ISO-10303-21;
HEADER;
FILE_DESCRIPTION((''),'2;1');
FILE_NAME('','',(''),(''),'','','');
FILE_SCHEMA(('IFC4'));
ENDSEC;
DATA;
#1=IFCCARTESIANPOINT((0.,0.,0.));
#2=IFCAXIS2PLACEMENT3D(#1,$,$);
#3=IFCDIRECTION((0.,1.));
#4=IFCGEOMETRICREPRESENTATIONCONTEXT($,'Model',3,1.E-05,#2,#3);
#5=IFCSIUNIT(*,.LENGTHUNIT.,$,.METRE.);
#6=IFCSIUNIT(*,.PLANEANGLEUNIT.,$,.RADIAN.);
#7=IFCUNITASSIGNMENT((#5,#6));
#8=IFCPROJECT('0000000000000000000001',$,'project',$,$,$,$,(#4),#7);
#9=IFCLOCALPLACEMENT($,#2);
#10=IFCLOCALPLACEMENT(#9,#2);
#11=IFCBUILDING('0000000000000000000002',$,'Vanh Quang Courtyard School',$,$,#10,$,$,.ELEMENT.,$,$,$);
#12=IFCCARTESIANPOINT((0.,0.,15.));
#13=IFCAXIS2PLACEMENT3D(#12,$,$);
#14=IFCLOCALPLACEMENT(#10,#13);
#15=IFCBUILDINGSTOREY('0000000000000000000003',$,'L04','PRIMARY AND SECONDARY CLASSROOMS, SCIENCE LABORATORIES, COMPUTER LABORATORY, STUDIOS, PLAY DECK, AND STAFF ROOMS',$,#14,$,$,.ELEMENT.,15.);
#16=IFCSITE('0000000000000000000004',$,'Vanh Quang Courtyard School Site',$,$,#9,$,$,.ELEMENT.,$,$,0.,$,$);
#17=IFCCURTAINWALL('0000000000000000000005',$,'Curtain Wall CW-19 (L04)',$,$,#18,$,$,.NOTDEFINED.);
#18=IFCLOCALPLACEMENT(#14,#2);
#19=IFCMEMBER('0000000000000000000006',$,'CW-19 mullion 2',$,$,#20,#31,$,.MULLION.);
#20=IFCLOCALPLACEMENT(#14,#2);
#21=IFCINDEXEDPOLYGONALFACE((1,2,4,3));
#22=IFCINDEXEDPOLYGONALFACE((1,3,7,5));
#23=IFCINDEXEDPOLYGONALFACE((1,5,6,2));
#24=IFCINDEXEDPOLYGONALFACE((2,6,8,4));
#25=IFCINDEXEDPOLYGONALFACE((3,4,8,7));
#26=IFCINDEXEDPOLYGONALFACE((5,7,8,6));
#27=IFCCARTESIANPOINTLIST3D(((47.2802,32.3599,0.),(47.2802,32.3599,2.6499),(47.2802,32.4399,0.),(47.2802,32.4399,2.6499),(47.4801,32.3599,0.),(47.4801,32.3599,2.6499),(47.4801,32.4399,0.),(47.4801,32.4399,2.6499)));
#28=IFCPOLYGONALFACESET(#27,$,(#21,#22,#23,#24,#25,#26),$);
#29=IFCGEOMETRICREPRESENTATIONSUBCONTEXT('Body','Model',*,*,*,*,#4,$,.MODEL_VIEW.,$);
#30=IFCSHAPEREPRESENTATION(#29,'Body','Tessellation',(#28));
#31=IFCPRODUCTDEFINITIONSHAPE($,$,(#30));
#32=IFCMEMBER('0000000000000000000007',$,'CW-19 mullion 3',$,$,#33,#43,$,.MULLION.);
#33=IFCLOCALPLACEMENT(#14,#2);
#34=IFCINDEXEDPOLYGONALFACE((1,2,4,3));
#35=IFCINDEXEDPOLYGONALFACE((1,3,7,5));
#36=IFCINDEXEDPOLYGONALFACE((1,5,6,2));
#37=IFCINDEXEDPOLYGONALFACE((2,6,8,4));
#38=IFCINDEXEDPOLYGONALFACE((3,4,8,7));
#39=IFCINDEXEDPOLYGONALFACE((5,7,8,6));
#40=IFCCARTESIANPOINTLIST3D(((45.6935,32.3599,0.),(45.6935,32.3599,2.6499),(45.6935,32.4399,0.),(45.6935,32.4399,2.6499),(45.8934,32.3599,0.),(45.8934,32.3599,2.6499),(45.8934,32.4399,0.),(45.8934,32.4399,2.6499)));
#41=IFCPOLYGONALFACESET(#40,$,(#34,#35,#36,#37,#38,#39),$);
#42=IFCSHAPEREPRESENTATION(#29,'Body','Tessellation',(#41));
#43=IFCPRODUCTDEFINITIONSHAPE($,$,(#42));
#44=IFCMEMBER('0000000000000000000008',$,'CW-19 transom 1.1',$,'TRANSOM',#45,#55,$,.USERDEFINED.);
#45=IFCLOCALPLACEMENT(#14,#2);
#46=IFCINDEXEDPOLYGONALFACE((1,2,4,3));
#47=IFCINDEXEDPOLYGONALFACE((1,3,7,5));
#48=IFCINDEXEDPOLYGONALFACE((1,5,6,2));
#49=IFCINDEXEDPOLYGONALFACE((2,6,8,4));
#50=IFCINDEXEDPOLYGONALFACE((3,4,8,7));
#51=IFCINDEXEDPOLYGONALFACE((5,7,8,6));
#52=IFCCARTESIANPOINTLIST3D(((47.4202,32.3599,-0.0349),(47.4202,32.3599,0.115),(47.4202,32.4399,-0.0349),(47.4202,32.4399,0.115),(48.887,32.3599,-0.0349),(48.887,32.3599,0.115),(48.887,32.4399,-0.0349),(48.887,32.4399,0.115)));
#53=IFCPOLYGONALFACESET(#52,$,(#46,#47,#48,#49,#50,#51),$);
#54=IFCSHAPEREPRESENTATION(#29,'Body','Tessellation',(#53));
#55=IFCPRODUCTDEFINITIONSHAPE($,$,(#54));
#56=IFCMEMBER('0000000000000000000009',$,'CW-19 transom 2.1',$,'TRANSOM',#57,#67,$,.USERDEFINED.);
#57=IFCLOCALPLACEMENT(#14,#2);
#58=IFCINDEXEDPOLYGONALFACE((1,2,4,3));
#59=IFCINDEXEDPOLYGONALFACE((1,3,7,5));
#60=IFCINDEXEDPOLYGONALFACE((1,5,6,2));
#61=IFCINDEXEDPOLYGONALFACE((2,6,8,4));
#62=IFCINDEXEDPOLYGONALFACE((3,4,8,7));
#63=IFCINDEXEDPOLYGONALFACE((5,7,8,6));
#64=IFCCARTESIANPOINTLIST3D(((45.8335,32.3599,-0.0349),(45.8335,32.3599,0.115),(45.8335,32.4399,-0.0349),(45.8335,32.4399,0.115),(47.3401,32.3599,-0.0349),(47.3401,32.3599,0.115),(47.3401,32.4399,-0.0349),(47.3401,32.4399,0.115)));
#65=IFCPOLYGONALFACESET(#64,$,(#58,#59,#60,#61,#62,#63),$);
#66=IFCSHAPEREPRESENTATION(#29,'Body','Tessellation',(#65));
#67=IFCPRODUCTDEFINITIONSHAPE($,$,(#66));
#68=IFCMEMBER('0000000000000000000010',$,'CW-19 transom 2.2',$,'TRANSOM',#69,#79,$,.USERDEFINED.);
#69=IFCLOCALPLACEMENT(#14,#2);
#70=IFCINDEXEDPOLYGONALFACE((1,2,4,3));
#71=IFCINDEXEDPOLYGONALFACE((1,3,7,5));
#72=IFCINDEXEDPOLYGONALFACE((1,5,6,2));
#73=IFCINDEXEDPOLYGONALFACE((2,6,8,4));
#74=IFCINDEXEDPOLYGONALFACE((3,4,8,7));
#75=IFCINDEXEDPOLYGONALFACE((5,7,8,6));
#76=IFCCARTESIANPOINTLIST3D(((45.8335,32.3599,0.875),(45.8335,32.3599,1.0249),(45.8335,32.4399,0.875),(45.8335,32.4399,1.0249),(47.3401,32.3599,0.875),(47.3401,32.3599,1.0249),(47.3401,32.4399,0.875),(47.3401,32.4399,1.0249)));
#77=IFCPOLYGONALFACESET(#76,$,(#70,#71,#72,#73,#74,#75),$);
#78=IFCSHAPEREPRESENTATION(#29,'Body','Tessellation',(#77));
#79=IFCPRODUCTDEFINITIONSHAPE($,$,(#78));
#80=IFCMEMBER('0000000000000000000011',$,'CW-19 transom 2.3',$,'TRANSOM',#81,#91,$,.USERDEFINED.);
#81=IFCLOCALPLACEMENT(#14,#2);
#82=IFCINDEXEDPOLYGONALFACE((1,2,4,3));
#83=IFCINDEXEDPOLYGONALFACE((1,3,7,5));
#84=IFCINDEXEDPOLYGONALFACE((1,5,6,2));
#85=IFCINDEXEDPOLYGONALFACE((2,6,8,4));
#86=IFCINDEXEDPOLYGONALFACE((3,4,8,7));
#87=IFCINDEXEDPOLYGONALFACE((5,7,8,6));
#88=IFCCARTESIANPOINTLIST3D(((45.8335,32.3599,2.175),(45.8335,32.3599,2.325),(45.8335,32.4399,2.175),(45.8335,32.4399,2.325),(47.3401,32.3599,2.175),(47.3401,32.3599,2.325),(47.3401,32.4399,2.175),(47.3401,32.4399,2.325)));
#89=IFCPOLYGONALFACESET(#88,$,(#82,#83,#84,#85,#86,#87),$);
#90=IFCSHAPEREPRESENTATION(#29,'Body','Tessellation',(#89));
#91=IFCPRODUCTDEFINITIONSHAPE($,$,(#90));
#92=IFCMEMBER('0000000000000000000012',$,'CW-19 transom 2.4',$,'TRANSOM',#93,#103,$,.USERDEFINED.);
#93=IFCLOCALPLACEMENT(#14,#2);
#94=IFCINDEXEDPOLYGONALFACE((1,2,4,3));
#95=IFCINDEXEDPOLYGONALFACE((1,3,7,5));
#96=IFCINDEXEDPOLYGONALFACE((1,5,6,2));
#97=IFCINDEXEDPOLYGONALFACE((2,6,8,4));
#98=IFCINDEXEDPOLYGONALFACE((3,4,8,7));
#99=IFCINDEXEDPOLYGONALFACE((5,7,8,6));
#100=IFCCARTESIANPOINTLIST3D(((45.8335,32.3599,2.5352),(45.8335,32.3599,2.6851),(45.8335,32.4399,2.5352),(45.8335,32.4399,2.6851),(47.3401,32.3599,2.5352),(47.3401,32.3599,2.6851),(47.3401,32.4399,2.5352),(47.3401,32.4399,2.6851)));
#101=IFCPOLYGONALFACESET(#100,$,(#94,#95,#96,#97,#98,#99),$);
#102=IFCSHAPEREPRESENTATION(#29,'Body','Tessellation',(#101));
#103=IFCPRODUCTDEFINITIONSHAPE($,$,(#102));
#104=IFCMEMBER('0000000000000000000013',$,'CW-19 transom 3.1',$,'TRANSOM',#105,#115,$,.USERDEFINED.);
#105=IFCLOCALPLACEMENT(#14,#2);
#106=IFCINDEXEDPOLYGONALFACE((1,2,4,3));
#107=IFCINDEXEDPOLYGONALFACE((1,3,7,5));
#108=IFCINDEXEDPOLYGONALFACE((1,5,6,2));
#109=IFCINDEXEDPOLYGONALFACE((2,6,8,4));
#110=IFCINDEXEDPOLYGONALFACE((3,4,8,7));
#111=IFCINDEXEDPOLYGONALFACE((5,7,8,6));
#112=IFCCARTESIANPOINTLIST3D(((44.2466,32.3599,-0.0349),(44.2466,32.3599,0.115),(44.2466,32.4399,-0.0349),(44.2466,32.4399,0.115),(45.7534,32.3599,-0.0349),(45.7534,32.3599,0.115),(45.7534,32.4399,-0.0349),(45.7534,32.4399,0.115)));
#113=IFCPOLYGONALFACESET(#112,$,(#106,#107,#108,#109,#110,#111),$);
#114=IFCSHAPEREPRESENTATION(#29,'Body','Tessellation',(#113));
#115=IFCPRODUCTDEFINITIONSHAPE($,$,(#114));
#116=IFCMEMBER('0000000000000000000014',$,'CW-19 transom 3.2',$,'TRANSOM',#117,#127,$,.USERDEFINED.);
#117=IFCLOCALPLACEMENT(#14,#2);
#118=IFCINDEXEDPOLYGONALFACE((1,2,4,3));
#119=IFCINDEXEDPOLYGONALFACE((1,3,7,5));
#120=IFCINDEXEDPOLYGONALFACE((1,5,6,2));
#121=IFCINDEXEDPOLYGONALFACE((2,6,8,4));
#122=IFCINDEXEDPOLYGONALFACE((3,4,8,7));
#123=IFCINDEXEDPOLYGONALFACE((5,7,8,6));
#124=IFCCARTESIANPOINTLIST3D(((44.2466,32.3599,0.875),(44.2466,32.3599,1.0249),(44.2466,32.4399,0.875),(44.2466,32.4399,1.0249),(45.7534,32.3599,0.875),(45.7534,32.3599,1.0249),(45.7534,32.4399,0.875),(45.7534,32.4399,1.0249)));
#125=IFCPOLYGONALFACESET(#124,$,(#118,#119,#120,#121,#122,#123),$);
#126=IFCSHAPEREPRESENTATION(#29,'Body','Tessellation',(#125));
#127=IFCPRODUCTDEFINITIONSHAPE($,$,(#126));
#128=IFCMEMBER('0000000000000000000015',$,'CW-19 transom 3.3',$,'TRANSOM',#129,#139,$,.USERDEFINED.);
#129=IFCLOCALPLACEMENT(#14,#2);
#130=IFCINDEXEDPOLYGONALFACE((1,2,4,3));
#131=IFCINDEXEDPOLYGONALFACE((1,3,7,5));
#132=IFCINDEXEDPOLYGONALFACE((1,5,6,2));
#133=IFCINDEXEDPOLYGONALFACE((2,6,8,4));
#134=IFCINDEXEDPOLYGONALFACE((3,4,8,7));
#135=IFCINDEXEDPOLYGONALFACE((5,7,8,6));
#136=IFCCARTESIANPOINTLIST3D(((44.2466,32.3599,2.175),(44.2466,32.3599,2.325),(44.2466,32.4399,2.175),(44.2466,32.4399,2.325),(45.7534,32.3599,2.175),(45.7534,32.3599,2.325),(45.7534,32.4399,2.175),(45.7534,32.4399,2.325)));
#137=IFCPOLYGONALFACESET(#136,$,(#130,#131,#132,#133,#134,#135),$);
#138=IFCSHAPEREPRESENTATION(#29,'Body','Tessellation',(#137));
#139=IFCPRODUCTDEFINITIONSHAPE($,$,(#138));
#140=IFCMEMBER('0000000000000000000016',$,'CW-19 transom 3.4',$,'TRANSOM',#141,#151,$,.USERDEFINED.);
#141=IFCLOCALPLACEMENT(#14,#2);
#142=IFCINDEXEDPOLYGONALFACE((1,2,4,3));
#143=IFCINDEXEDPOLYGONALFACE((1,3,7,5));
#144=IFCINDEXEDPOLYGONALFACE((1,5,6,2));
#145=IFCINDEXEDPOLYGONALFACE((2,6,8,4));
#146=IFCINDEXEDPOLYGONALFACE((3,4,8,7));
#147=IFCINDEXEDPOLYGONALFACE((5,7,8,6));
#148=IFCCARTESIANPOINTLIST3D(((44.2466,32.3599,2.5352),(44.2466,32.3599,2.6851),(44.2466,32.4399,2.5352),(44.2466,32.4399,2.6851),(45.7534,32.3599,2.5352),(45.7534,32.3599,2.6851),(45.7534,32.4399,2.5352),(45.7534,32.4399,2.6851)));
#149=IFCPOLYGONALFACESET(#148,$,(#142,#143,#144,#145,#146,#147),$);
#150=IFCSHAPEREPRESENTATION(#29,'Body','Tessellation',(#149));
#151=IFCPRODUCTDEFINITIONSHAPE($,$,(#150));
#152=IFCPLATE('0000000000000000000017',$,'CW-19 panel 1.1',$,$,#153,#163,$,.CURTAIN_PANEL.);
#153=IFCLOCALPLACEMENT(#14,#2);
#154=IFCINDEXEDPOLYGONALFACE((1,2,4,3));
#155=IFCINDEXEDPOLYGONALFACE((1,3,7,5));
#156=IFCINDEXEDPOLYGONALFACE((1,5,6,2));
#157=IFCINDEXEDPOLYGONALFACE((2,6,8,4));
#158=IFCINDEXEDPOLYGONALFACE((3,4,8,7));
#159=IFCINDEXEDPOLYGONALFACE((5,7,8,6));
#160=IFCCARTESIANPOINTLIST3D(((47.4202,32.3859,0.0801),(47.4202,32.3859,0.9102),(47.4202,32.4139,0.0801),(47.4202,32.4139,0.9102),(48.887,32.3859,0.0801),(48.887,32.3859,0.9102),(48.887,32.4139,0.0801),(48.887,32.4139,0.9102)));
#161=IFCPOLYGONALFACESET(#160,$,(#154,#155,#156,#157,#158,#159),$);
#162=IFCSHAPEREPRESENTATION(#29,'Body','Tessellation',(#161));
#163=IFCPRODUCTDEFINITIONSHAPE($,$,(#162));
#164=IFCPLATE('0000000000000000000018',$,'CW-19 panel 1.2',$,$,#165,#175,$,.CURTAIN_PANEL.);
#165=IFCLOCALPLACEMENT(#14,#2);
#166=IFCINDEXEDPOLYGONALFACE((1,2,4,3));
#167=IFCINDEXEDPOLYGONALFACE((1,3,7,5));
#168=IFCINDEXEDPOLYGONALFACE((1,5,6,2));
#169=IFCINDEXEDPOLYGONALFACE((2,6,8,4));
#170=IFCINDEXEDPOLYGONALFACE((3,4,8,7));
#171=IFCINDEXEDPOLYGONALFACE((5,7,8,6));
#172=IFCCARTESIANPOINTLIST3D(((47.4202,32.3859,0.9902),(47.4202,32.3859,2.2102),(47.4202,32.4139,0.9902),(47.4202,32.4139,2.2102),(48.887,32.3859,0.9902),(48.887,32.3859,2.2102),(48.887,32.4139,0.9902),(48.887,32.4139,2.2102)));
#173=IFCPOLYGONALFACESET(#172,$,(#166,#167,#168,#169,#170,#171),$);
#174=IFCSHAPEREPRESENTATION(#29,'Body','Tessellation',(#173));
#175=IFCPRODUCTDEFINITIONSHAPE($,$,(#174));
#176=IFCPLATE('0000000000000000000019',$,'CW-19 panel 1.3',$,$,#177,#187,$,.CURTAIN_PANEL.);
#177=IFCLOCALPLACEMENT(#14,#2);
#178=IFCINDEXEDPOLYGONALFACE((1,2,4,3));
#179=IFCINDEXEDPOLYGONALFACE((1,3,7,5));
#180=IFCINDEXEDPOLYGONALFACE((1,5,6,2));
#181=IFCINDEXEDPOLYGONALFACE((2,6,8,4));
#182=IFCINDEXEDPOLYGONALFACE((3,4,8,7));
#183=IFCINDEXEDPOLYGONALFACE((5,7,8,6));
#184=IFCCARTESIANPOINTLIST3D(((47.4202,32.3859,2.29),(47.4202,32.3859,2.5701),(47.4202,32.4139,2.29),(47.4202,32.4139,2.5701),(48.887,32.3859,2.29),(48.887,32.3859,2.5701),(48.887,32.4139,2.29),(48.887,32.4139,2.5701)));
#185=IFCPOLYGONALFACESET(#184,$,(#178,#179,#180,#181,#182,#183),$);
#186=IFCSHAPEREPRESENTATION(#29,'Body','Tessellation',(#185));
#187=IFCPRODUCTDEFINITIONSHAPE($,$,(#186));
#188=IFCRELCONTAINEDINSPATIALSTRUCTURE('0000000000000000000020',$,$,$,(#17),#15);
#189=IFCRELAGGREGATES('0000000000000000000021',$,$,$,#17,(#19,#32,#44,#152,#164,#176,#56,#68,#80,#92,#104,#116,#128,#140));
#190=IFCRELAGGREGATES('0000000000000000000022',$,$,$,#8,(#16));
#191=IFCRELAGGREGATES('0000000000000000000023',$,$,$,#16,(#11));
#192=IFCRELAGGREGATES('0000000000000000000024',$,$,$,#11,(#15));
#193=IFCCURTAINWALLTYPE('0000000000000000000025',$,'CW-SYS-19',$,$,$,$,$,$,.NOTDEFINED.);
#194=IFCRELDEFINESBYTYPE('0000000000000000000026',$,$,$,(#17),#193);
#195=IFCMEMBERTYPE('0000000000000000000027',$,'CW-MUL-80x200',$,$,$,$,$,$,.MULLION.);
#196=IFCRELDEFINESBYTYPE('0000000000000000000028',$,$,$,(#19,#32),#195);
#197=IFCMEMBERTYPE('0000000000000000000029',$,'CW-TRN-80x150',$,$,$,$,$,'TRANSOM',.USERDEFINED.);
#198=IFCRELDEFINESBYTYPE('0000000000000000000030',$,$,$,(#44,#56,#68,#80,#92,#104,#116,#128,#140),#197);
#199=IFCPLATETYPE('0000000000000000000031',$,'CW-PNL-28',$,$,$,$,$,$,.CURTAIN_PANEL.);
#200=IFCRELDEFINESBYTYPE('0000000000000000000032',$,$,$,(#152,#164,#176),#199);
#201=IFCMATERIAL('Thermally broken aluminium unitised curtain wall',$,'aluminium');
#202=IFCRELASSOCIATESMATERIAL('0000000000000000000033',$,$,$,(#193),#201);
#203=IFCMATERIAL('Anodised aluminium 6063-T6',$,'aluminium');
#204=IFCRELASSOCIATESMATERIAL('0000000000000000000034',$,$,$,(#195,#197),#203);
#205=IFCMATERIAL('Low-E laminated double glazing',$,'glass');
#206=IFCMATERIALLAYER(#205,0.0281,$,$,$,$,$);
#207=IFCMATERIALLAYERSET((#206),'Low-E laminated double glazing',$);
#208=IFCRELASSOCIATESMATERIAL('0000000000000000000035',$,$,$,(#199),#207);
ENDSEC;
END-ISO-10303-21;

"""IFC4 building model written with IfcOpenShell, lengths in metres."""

from ifc_helpers import new_model, si_unit, direction, frame, origin, origin_2d, place, context, subcontext, project, spatial, rectangle, extrude, material, layer, layer_set, material_profile, profile_set, type_object, element, aggregate, save


model = new_model("IFC4")

# Units and contexts
model_context = context("Model", 3, precision=1e-05, world=origin(), true_north=direction((0.0, 1.0)))
body_context = subcontext(model_context, "Body", "Model", "MODEL_VIEW")
ifc_project = project(units=[si_unit("LENGTHUNIT", "METRE"), si_unit("PLANEANGLEUNIT", "RADIAN")], contexts=[model_context])

# Site, building, storey
site_placement = place(None, origin())
site = spatial("IfcSite", under=ifc_project, at=site_placement, Name="Vanh Quang Courtyard School Site", CompositionType="ELEMENT", RefElevation=0.0)
building_placement = place(site_placement, origin())
building = spatial("IfcBuilding", under=site, at=building_placement, Name="Vanh Quang Courtyard School", CompositionType="ELEMENT")
storey_placement = place(building_placement, frame((0.0, 0.0, 15.0)))
storey = spatial("IfcBuildingStorey", under=building, at=storey_placement, Name="L04", Description="PRIMARY AND SECONDARY CLASSROOMS, SCIENCE LABORATORIES, COMPUTER LABORATORY, STUDIOS, PLAY DECK, AND STAFF ROOMS", CompositionType="ELEMENT", Elevation=15.0)

# Curtain wall, members, plates
ifc_material_1 = material(Name="Thermally broken aluminium unitised curtain wall", Category="aluminium")
curtain_wall_type = type_object("IfcCurtainWallType", Name="CW-SYS-19", PredefinedType="NOTDEFINED", material=ifc_material_1)
curtain_wall_placement = place(storey_placement, origin())
curtain_wall = element("IfcCurtainWall", 1, at=curtain_wall_placement, inside=storey, type_object=curtain_wall_type, Name="Curtain Wall CW-19 (L04)", PredefinedType="NOTDEFINED")
ifc_material_2 = material(Name="Anodised aluminium 6063-T6", Category="aluminium")
ifc_material_profile_1 = material_profile(ifc_material_2, rectangle(XDim=0.0801, YDim=0.2, at=origin_2d()), Name="ALU-MUL 80x200")
ifc_profile_set_1 = profile_set([ifc_material_profile_1], Name="Anodised aluminium 6063-T6")
member_type_1 = type_object("IfcMemberType", Name="CW-MUL-80x200", PredefinedType="MULLION", material=ifc_profile_set_1)
member_1_placement = place(storey_placement, frame((47.3801, 32.3999, 0.0), z_axis=(0.0, 0.0, 1.0), x_axis=(0.0, -1.0, 0.0)))
member_1 = element("IfcMember", 2, at=member_1_placement, type_object=member_type_1, Name="CW-19 mullion 2", PredefinedType="MULLION", context=body_context, shape_type="SweptSolid", body=[
    extrude(rectangle(XDim=0.0801, YDim=0.2, at=origin_2d()), origin(), (0.0, 0.0, 1.0), 2.6499),
])
member_2_placement = place(storey_placement, frame((45.7935, 32.3999, 0.0), z_axis=(0.0, 0.0, 1.0), x_axis=(0.0, -1.0, 0.0)))
member_2 = element("IfcMember", 3, at=member_2_placement, type_object=member_type_1, Name="CW-19 mullion 3", PredefinedType="MULLION", context=body_context, shape_type="SweptSolid", body=[
    extrude(rectangle(XDim=0.0801, YDim=0.2, at=origin_2d()), origin(), (0.0, 0.0, 1.0), 2.6499),
])
ifc_material_profile_2 = material_profile(ifc_material_2, rectangle(XDim=0.0801, YDim=0.1499, at=origin_2d()), Name="ALU-TRN 80x150")
ifc_profile_set_2 = profile_set([ifc_material_profile_2], Name="Anodised aluminium 6063-T6")
member_type_2 = type_object("IfcMemberType", Name="CW-TRN-80x150", ElementType="TRANSOM", PredefinedType="USERDEFINED", material=ifc_profile_set_2)
member_3_placement = place(storey_placement, frame((48.887, 32.3999, 0.04), z_axis=(-1.0, 0.0, 0.0), x_axis=(0.0, -1.0, 0.0)))
member_3 = element("IfcMember", 4, at=member_3_placement, type_object=member_type_2, Name="CW-19 transom 1.1", ObjectType="TRANSOM", PredefinedType="USERDEFINED", context=body_context, shape_type="SweptSolid", body=[
    extrude(rectangle(XDim=0.0801, YDim=0.1499, at=origin_2d()), origin(), (0.0, 0.0, 1.0), 1.4668),
])
member_4_placement = place(storey_placement, frame((47.3401, 32.3999, 0.04), z_axis=(-1.0, 0.0, 0.0), x_axis=(0.0, -1.0, 0.0)))
member_4 = element("IfcMember", 5, at=member_4_placement, type_object=member_type_2, Name="CW-19 transom 2.1", ObjectType="TRANSOM", PredefinedType="USERDEFINED", context=body_context, shape_type="SweptSolid", body=[
    extrude(rectangle(XDim=0.0801, YDim=0.1499, at=origin_2d()), origin(), (0.0, 0.0, 1.0), 1.5066),
])
member_5_placement = place(storey_placement, frame((47.3401, 32.3999, 0.95), z_axis=(-1.0, 0.0, 0.0), x_axis=(0.0, -1.0, 0.0)))
member_5 = element("IfcMember", 6, at=member_5_placement, type_object=member_type_2, Name="CW-19 transom 2.2", ObjectType="TRANSOM", PredefinedType="USERDEFINED", context=body_context, shape_type="SweptSolid", body=[
    extrude(rectangle(XDim=0.0801, YDim=0.1499, at=origin_2d()), origin(), (0.0, 0.0, 1.0), 1.5066),
])
member_6_placement = place(storey_placement, frame((47.3401, 32.3999, 2.25), z_axis=(-1.0, 0.0, 0.0), x_axis=(0.0, -1.0, 0.0)))
member_6 = element("IfcMember", 7, at=member_6_placement, type_object=member_type_2, Name="CW-19 transom 2.3", ObjectType="TRANSOM", PredefinedType="USERDEFINED", context=body_context, shape_type="SweptSolid", body=[
    extrude(rectangle(XDim=0.0801, YDim=0.1499, at=origin_2d()), origin(), (0.0, 0.0, 1.0), 1.5066),
])
member_7_placement = place(storey_placement, frame((47.3401, 32.3999, 2.6101), z_axis=(-1.0, 0.0, 0.0), x_axis=(0.0, -1.0, 0.0)))
member_7 = element("IfcMember", 8, at=member_7_placement, type_object=member_type_2, Name="CW-19 transom 2.4", ObjectType="TRANSOM", PredefinedType="USERDEFINED", context=body_context, shape_type="SweptSolid", body=[
    extrude(rectangle(XDim=0.0801, YDim=0.1499, at=origin_2d()), origin(), (0.0, 0.0, 1.0), 1.5066),
])
member_8_placement = place(storey_placement, frame((45.7534, 32.3999, 0.04), z_axis=(-1.0, 0.0, 0.0), x_axis=(0.0, -1.0, 0.0)))
member_8 = element("IfcMember", 9, at=member_8_placement, type_object=member_type_2, Name="CW-19 transom 3.1", ObjectType="TRANSOM", PredefinedType="USERDEFINED", context=body_context, shape_type="SweptSolid", body=[
    extrude(rectangle(XDim=0.0801, YDim=0.1499, at=origin_2d()), origin(), (0.0, 0.0, 1.0), 1.5068),
])
member_9_placement = place(storey_placement, frame((45.7534, 32.3999, 0.95), z_axis=(-1.0, 0.0, 0.0), x_axis=(0.0, -1.0, 0.0)))
member_9 = element("IfcMember", 10, at=member_9_placement, type_object=member_type_2, Name="CW-19 transom 3.2", ObjectType="TRANSOM", PredefinedType="USERDEFINED", context=body_context, shape_type="SweptSolid", body=[
    extrude(rectangle(XDim=0.0801, YDim=0.1499, at=origin_2d()), origin(), (0.0, 0.0, 1.0), 1.5068),
])
member_10_placement = place(storey_placement, frame((45.7534, 32.3999, 2.25), z_axis=(-1.0, 0.0, 0.0), x_axis=(0.0, -1.0, 0.0)))
member_10 = element("IfcMember", 11, at=member_10_placement, type_object=member_type_2, Name="CW-19 transom 3.3", ObjectType="TRANSOM", PredefinedType="USERDEFINED", context=body_context, shape_type="SweptSolid", body=[
    extrude(rectangle(XDim=0.0801, YDim=0.1499, at=origin_2d()), origin(), (0.0, 0.0, 1.0), 1.5068),
])
member_11_placement = place(storey_placement, frame((45.7534, 32.3999, 2.6101), z_axis=(-1.0, 0.0, 0.0), x_axis=(0.0, -1.0, 0.0)))
member_11 = element("IfcMember", 12, at=member_11_placement, type_object=member_type_2, Name="CW-19 transom 3.4", ObjectType="TRANSOM", PredefinedType="USERDEFINED", context=body_context, shape_type="SweptSolid", body=[
    extrude(rectangle(XDim=0.0801, YDim=0.1499, at=origin_2d()), origin(), (0.0, 0.0, 1.0), 1.5068),
])
ifc_material_3 = material(Name="Low-E laminated double glazing", Category="glass")
ifc_layer_1 = layer(ifc_material_3, 0.0281)
ifc_layer_set_1 = layer_set([ifc_layer_1], Name="Low-E laminated double glazing")
plate_type = type_object("IfcPlateType", Name="CW-PNL-28", PredefinedType="CURTAIN_PANEL", material=ifc_layer_set_1)
plate_1_placement = place(storey_placement, frame((48.1536, 32.3999, 0.0801), z_axis=(0.0, 0.0, 1.0), x_axis=(-1.0, 0.0, 0.0)))
plate_1 = element("IfcPlate", 13, at=plate_1_placement, type_object=plate_type, Name="CW-19 panel 1.1", PredefinedType="CURTAIN_PANEL", context=body_context, shape_type="SweptSolid", body=[
    extrude(rectangle(XDim=1.4668, YDim=0.0281, at=origin_2d()), origin(), (0.0, 0.0, 1.0), 0.8301),
])
plate_2_placement = place(storey_placement, frame((48.1536, 32.3999, 0.9902), z_axis=(0.0, 0.0, 1.0), x_axis=(-1.0, 0.0, 0.0)))
plate_2 = element("IfcPlate", 14, at=plate_2_placement, type_object=plate_type, Name="CW-19 panel 1.2", PredefinedType="CURTAIN_PANEL", context=body_context, shape_type="SweptSolid", body=[
    extrude(rectangle(XDim=1.4668, YDim=0.0281, at=origin_2d()), origin(), (0.0, 0.0, 1.0), 1.22),
])
plate_3_placement = place(storey_placement, frame((48.1536, 32.3999, 2.29), z_axis=(0.0, 0.0, 1.0), x_axis=(-1.0, 0.0, 0.0)))
plate_3 = element("IfcPlate", 15, at=plate_3_placement, type_object=plate_type, Name="CW-19 panel 1.3", PredefinedType="CURTAIN_PANEL", context=body_context, shape_type="SweptSolid", body=[
    extrude(rectangle(XDim=1.4668, YDim=0.0281, at=origin_2d()), origin(), (0.0, 0.0, 1.0), 0.28),
])
aggregate(curtain_wall, [member_1, member_2, member_3, plate_1, plate_2, plate_3, member_4, member_5, member_6, member_7, member_8, member_9, member_10, member_11])

save(model, "model.ifc")
